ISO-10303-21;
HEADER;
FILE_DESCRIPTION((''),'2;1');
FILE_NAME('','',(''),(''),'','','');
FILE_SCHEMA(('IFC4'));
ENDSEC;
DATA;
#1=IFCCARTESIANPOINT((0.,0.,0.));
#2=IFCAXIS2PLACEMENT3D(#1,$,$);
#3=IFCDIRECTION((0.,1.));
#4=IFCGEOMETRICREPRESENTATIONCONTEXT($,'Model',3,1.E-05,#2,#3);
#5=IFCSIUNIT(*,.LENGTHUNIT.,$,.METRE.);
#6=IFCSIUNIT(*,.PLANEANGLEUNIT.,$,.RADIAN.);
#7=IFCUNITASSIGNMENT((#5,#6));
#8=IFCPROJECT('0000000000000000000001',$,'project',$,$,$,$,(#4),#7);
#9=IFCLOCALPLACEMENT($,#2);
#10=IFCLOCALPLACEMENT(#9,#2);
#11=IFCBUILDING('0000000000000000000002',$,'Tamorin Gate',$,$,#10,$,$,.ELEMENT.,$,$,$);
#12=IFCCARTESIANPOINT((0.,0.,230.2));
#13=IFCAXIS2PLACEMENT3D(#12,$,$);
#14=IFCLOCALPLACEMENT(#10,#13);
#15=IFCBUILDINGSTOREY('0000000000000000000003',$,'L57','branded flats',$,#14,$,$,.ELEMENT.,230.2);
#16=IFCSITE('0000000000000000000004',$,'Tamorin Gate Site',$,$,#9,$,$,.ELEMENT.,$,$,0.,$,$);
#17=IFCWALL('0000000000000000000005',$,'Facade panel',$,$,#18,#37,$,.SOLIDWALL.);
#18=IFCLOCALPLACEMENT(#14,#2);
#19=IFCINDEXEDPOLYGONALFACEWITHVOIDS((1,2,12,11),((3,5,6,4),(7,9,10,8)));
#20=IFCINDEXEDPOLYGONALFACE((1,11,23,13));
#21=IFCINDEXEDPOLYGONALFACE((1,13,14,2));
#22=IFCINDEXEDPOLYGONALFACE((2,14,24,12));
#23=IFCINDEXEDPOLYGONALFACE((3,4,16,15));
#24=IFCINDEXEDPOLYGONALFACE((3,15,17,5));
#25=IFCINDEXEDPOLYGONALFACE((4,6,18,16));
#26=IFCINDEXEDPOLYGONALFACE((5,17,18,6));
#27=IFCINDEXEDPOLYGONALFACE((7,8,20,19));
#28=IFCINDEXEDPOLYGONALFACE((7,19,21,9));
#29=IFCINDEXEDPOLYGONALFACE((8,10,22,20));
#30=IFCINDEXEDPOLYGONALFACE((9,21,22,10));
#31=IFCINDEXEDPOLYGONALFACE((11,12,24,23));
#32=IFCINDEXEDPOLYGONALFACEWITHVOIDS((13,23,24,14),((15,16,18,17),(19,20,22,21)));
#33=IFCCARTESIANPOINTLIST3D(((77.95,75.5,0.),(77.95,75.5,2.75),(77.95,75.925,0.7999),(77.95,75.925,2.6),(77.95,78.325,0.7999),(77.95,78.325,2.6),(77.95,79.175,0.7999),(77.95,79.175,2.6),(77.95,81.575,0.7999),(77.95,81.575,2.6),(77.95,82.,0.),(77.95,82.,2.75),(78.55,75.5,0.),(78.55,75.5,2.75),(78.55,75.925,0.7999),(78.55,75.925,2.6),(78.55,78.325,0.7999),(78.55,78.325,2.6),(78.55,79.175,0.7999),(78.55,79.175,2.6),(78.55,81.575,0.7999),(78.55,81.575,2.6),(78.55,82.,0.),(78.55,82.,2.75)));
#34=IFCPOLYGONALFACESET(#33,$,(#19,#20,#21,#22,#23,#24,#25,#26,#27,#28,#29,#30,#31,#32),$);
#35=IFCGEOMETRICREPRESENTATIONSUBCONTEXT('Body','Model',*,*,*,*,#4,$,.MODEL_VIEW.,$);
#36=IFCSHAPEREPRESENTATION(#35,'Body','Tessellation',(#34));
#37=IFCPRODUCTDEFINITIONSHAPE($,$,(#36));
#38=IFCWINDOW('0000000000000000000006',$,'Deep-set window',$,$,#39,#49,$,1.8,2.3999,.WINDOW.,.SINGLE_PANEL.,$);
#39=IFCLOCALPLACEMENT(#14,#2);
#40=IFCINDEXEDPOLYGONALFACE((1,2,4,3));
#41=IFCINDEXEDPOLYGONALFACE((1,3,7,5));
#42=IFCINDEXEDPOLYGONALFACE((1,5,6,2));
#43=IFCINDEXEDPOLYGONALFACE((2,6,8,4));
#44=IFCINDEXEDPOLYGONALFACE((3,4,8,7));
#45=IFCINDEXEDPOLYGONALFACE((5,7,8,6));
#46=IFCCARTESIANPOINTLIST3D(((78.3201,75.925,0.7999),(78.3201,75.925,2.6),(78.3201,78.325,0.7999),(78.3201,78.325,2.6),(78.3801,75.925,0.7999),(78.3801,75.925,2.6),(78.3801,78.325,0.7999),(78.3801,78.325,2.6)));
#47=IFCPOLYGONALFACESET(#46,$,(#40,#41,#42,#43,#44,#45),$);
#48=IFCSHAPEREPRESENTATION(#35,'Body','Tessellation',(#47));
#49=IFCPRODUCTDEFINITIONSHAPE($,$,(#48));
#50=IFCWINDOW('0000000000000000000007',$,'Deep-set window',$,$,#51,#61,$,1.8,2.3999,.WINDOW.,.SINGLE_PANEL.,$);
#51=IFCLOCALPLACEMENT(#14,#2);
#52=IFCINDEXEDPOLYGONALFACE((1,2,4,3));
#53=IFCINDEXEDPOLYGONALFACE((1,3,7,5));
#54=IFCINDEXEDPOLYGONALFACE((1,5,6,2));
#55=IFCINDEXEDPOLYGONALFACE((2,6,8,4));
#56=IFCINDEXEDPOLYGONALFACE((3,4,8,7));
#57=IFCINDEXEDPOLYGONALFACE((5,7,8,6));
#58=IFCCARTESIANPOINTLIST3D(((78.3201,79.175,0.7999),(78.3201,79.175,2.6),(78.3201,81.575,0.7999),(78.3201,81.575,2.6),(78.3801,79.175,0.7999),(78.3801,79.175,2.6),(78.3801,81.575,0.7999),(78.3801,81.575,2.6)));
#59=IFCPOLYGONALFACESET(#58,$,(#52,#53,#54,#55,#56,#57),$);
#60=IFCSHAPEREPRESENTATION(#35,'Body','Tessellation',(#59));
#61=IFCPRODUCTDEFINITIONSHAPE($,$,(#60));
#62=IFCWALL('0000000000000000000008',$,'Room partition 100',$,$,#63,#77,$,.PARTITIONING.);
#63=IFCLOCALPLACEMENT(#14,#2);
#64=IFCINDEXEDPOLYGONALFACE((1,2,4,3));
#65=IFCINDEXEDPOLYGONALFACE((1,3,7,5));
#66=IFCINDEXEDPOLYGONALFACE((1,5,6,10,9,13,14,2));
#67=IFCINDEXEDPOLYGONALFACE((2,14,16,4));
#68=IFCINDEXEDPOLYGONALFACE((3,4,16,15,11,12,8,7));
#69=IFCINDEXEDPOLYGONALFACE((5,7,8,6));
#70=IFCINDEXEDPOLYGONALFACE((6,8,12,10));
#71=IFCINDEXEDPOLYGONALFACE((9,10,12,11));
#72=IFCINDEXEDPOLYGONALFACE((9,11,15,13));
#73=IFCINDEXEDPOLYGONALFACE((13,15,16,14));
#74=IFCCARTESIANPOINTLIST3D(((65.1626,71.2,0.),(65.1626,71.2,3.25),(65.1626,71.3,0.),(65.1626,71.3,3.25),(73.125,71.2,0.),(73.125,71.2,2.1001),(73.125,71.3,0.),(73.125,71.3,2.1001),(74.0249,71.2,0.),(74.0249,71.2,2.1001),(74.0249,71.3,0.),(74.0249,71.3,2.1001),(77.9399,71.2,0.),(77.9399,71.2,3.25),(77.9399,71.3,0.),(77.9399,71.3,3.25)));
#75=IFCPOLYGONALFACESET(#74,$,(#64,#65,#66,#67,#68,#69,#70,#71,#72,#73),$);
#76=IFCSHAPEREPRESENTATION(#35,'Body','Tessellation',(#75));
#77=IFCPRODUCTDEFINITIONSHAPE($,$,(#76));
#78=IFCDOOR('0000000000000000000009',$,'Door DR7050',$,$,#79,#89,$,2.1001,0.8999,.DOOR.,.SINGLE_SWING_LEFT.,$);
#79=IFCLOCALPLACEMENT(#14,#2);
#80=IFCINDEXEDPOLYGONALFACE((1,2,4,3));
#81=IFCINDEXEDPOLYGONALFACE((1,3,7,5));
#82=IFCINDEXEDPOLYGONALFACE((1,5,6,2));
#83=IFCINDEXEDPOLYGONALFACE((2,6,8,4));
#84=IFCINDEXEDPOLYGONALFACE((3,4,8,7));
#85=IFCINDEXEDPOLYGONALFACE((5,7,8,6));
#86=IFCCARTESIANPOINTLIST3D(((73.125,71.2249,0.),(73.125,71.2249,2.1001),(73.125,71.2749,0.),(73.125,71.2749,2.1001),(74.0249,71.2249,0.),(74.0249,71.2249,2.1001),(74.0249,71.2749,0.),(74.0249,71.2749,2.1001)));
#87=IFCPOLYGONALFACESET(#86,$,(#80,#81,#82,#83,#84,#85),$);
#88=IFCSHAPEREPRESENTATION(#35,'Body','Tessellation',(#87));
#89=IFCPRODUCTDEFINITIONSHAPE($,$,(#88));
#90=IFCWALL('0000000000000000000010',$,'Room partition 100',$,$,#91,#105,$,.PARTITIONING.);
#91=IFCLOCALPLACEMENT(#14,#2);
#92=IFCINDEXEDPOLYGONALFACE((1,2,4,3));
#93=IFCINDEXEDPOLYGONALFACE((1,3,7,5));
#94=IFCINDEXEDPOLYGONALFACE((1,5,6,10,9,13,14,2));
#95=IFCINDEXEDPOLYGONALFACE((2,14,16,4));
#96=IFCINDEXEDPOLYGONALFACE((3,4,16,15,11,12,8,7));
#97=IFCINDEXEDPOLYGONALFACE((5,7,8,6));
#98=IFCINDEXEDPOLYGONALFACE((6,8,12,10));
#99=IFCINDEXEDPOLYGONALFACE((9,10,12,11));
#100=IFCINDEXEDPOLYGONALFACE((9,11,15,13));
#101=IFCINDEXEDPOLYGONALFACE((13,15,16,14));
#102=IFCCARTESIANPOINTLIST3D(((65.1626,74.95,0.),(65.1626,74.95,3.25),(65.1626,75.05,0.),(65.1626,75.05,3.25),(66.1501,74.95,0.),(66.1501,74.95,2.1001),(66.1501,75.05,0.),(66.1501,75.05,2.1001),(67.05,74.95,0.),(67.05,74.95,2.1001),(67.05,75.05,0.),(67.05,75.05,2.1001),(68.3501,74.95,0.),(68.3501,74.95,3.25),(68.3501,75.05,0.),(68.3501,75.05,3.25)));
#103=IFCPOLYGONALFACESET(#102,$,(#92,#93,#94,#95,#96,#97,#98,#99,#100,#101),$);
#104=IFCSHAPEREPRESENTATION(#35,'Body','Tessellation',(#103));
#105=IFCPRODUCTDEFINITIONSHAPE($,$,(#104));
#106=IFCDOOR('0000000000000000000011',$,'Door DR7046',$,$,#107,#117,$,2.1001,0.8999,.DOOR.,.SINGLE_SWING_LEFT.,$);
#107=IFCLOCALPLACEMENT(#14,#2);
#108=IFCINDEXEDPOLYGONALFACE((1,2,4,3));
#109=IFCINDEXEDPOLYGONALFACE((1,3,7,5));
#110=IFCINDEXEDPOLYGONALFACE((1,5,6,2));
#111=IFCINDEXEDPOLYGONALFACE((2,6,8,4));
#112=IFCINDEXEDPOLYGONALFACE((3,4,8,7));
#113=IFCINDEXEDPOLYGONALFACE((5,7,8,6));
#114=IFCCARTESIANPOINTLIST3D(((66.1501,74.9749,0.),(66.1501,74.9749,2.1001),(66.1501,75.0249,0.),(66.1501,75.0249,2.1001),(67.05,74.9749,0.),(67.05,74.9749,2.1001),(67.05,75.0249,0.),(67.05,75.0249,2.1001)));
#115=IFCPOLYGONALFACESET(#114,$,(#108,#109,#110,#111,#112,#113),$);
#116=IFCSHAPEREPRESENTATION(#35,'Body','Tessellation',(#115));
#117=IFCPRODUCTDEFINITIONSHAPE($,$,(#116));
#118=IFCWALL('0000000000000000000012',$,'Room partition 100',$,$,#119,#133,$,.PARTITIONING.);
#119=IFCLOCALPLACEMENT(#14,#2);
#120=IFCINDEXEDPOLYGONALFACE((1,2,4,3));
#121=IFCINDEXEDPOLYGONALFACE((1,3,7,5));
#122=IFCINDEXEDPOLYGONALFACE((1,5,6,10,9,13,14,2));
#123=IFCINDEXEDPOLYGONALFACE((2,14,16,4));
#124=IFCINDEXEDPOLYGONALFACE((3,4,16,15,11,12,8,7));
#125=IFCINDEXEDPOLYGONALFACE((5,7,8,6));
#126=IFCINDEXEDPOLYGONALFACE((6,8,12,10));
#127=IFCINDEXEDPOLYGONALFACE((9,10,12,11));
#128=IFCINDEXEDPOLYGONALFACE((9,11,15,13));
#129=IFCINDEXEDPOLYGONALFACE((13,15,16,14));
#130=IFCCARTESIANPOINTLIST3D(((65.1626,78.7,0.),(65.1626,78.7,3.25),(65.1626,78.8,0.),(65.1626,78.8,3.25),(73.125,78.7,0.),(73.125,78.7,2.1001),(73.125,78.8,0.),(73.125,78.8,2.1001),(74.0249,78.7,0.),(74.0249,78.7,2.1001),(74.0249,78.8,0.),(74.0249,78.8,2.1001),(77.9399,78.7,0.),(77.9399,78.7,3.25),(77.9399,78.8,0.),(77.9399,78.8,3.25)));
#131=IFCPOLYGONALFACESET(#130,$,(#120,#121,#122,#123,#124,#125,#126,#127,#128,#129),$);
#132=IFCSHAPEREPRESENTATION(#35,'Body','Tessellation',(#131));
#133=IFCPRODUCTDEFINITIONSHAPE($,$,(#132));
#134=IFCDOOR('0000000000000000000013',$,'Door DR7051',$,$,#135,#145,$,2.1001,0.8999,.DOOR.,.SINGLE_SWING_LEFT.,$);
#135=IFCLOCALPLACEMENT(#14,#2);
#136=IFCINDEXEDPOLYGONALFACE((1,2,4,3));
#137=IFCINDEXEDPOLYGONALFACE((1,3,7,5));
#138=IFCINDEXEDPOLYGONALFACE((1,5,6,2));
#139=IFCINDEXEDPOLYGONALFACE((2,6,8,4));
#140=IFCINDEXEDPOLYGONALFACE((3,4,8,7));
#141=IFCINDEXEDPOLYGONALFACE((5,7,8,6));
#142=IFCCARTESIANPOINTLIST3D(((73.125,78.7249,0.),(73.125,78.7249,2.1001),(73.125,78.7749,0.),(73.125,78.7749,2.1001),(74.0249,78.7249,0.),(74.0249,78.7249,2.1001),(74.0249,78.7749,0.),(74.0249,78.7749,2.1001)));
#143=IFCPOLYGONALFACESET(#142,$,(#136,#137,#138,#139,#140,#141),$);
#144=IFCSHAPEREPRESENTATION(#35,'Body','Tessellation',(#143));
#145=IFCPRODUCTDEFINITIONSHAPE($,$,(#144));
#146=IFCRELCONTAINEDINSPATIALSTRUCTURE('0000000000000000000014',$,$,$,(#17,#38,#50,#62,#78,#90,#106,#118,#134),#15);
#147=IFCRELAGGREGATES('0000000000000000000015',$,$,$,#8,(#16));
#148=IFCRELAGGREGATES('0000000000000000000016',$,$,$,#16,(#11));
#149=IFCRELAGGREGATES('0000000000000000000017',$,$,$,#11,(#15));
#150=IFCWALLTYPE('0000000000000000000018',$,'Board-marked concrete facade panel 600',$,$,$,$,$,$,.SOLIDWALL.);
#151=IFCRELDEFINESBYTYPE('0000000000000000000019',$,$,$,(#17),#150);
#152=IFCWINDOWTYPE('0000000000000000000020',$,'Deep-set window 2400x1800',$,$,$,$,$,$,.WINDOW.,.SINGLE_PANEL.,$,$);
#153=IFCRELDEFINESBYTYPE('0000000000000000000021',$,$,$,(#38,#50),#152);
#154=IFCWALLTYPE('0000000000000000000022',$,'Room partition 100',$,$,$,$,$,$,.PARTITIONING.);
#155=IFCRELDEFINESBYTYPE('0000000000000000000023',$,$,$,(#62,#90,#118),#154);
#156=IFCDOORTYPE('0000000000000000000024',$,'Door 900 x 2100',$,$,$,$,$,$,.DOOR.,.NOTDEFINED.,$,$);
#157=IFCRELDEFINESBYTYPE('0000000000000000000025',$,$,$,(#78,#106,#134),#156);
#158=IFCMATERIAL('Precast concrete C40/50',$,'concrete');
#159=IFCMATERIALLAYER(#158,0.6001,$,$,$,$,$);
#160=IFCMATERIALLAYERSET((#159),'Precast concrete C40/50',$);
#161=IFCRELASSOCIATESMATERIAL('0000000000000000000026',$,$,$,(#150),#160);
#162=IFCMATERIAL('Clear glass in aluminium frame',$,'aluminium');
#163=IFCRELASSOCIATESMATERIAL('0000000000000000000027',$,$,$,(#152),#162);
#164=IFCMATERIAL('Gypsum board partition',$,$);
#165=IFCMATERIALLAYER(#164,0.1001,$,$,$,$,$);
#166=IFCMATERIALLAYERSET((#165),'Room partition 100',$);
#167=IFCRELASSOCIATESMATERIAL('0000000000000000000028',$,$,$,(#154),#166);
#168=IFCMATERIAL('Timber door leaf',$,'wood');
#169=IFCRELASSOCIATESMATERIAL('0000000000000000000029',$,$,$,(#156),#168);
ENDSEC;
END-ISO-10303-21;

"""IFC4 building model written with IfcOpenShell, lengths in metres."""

from ifc_helpers import new_model, si_unit, direction, frame, frame_2d, origin, place, context, subcontext, project, spatial, rectangle, extrude, material, layer, layer_set, type_object, element, fill, save


model = new_model("IFC4")

# Units and contexts
model_context = context("Model", 3, precision=1e-05, world=origin(), true_north=direction((0.0, 1.0)))
body_context = subcontext(model_context, "Body", "Model", "MODEL_VIEW")
ifc_project = project(units=[si_unit("LENGTHUNIT", "METRE"), si_unit("PLANEANGLEUNIT", "RADIAN")], contexts=[model_context])

# Site, building, storey
site_placement = place(None, origin())
site = spatial("IfcSite", under=ifc_project, at=site_placement, Name="Tamorin Gate Site", CompositionType="ELEMENT", RefElevation=0.0)
building_placement = place(site_placement, origin())
building = spatial("IfcBuilding", under=site, at=building_placement, Name="Tamorin Gate", CompositionType="ELEMENT")
storey_placement = place(building_placement, frame((0.0, 0.0, 230.2)))
storey = spatial("IfcBuildingStorey", under=building, at=storey_placement, Name="L57", Description="branded flats", CompositionType="ELEMENT", Elevation=230.2)

# Wall, openings, windows
ifc_material_1 = material(Name="Precast concrete C40/50", Category="concrete")
ifc_layer_1 = layer(ifc_material_1, 0.6001)
ifc_layer_set_1 = layer_set([ifc_layer_1], Name="Precast concrete C40/50")
wall_type_1 = type_object("IfcWallType", Name="Board-marked concrete facade panel 600", PredefinedType="SOLIDWALL", material=ifc_layer_set_1)
ifc_material_2 = material(Name="Clear glass in aluminium frame", Category="aluminium")
window_type = type_object("IfcWindowType", Name="Deep-set window 2400x1800", PartitioningType="SINGLE_PANEL", PredefinedType="WINDOW", material=ifc_material_2)
wall_1_placement = place(storey_placement, frame((78.25, 75.5, 0.0), z_axis=(0.0, 0.0, 1.0), x_axis=(0.0, 1.0, 0.0)))
wall_1 = element("IfcWall", 1, at=wall_1_placement, inside=storey, type_object=wall_type_1, Name="Facade panel", PredefinedType="SOLIDWALL", context=body_context, shape_type="SweptSolid", body=[
    extrude(rectangle(XDim=6.5, YDim=0.6001, at=frame_2d((3.25, 0.0))), origin(), (0.0, 0.0, 1.0), 2.75),
])
opening_1_placement = place(wall_1_placement, frame((0.425, 0.0, 0.8)))
opening_1 = element("IfcOpeningElement", 2, at=opening_1_placement, cuts=wall_1, PredefinedType="OPENING", context=body_context, shape_type="SweptSolid", body=[
    extrude(rectangle(XDim=2.3999, YDim=1.8, at=frame_2d((1.2, 0.8999))), frame((0.0, 0.3101, 0.0), z_axis=(0.0, -1.0, 0.0), x_axis=(1.0, 0.0, 0.0)), (0.0, 0.0, 1.0), 0.6201),
])
opening_2_placement = place(wall_1_placement, frame((3.675, 0.0, 0.8)))
opening_2 = element("IfcOpeningElement", 3, at=opening_2_placement, cuts=wall_1, PredefinedType="OPENING", context=body_context, shape_type="SweptSolid", body=[
    extrude(rectangle(XDim=2.3999, YDim=1.8, at=frame_2d((1.2, 0.8999))), frame((0.0, 0.3101, 0.0), z_axis=(0.0, -1.0, 0.0), x_axis=(1.0, 0.0, 0.0)), (0.0, 0.0, 1.0), 0.6201),
])
window_1_placement = place(opening_1_placement, origin())
window_1 = element("IfcWindow", 4, at=window_1_placement, inside=storey, type_object=window_type, Name="Deep-set window", OverallHeight=1.8, OverallWidth=2.3999, PartitioningType="SINGLE_PANEL", PredefinedType="WINDOW", context=body_context, shape_type="SweptSolid", body=[
    extrude(rectangle(XDim=2.3999, YDim=1.8, at=frame_2d((1.2, 0.8999))), frame((0.0, -0.0701, 0.0), z_axis=(0.0, -1.0, 0.0), x_axis=(1.0, 0.0, 0.0)), (0.0, 0.0, 1.0), 0.0601),
])
fill(opening_1, window_1)
window_2_placement = place(opening_2_placement, origin())
window_2 = element("IfcWindow", 5, at=window_2_placement, inside=storey, type_object=window_type, Name="Deep-set window", OverallHeight=1.8, OverallWidth=2.3999, PartitioningType="SINGLE_PANEL", PredefinedType="WINDOW", context=body_context, shape_type="SweptSolid", body=[
    extrude(rectangle(XDim=2.3999, YDim=1.8, at=frame_2d((1.2, 0.8999))), frame((0.0, -0.0701, 0.0), z_axis=(0.0, -1.0, 0.0), x_axis=(1.0, 0.0, 0.0)), (0.0, 0.0, 1.0), 0.0601),
])
fill(opening_2, window_2)

# Walls, openings, doors
ifc_material_3 = material(Name="Gypsum board partition")
ifc_layer_2 = layer(ifc_material_3, 0.1001)
ifc_layer_set_2 = layer_set([ifc_layer_2], Name="Room partition 100")
wall_type_2 = type_object("IfcWallType", Name="Room partition 100", PredefinedType="PARTITIONING", material=ifc_layer_set_2)
wall_2_placement = place(storey_placement, frame((65.1626, 71.25, 0.0), z_axis=(0.0, 0.0, 1.0), x_axis=(1.0, 0.0, 0.0)))
wall_2 = element("IfcWall", 6, at=wall_2_placement, inside=storey, type_object=wall_type_2, Name="Room partition 100", PredefinedType="PARTITIONING", context=body_context, shape_type="SweptSolid", body=[
    extrude(rectangle(XDim=12.7773, YDim=0.1001, at=frame_2d((6.3887, 0.0))), origin(), (0.0, 0.0, 1.0), 3.25),
])
opening_3_placement = place(wall_2_placement, frame((7.9624, 0.0, 0.0)))
opening_3 = element("IfcOpeningElement", 7, at=opening_3_placement, cuts=wall_2, PredefinedType="OPENING", context=body_context, shape_type="SweptSolid", body=[
    extrude(rectangle(XDim=0.8999, YDim=2.1001, at=frame_2d((0.45, 1.05))), frame((0.0, 0.0601, 0.0), z_axis=(0.0, -1.0, 0.0), x_axis=(1.0, 0.0, 0.0)), (0.0, 0.0, 1.0), 0.1201),
])
ifc_material_4 = material(Name="Timber door leaf", Category="wood")
door_type = type_object("IfcDoorType", Name="Door 900 x 2100", OperationType="NOTDEFINED", PredefinedType="DOOR", material=ifc_material_4)
door_1_placement = place(opening_3_placement, origin())
door_1 = element("IfcDoor", 8, at=door_1_placement, inside=storey, type_object=door_type, Name="Door DR7050", OperationType="SINGLE_SWING_LEFT", OverallHeight=2.1001, OverallWidth=0.8999, PredefinedType="DOOR", context=body_context, shape_type="SweptSolid", body=[
    extrude(rectangle(XDim=0.8999, YDim=2.1001, at=frame_2d((0.45, 1.05))), frame((0.0, 0.0249, 0.0), z_axis=(0.0, -1.0, 0.0), x_axis=(1.0, 0.0, 0.0)), (0.0, 0.0, 1.0), 0.05),
])
fill(opening_3, door_1)
wall_3_placement = place(storey_placement, frame((65.1626, 75.0, 0.0), z_axis=(0.0, 0.0, 1.0), x_axis=(1.0, 0.0, 0.0)))
wall_3 = element("IfcWall", 9, at=wall_3_placement, inside=storey, type_object=wall_type_2, Name="Room partition 100", PredefinedType="PARTITIONING", context=body_context, shape_type="SweptSolid", body=[
    extrude(rectangle(XDim=3.1875, YDim=0.1001, at=frame_2d((1.5938, 0.0))), origin(), (0.0, 0.0, 1.0), 3.25),
])
opening_4_placement = place(wall_3_placement, frame((0.9875, 0.0, 0.0)))
opening_4 = element("IfcOpeningElement", 10, at=opening_4_placement, cuts=wall_3, PredefinedType="OPENING", context=body_context, shape_type="SweptSolid", body=[
    extrude(rectangle(XDim=0.8999, YDim=2.1001, at=frame_2d((0.45, 1.05))), frame((0.0, 0.0601, 0.0), z_axis=(0.0, -1.0, 0.0), x_axis=(1.0, 0.0, 0.0)), (0.0, 0.0, 1.0), 0.1201),
])
door_2_placement = place(opening_4_placement, origin())
door_2 = element("IfcDoor", 11, at=door_2_placement, inside=storey, type_object=door_type, Name="Door DR7046", OperationType="SINGLE_SWING_LEFT", OverallHeight=2.1001, OverallWidth=0.8999, PredefinedType="DOOR", context=body_context, shape_type="SweptSolid", body=[
    extrude(rectangle(XDim=0.8999, YDim=2.1001, at=frame_2d((0.45, 1.05))), frame((0.0, 0.0249, 0.0), z_axis=(0.0, -1.0, 0.0), x_axis=(1.0, 0.0, 0.0)), (0.0, 0.0, 1.0), 0.05),
])
fill(opening_4, door_2)
wall_4_placement = place(storey_placement, frame((65.1626, 78.75, 0.0), z_axis=(0.0, 0.0, 1.0), x_axis=(1.0, 0.0, 0.0)))
wall_4 = element("IfcWall", 12, at=wall_4_placement, inside=storey, type_object=wall_type_2, Name="Room partition 100", PredefinedType="PARTITIONING", context=body_context, shape_type="SweptSolid", body=[
    extrude(rectangle(XDim=12.7773, YDim=0.1001, at=frame_2d((6.3887, 0.0))), origin(), (0.0, 0.0, 1.0), 3.25),
])
opening_5_placement = place(wall_4_placement, frame((7.9624, 0.0, 0.0)))
opening_5 = element("IfcOpeningElement", 13, at=opening_5_placement, cuts=wall_4, PredefinedType="OPENING", context=body_context, shape_type="SweptSolid", body=[
    extrude(rectangle(XDim=0.8999, YDim=2.1001, at=frame_2d((0.45, 1.05))), frame((0.0, 0.0601, 0.0), z_axis=(0.0, -1.0, 0.0), x_axis=(1.0, 0.0, 0.0)), (0.0, 0.0, 1.0), 0.1201),
])
door_3_placement = place(opening_5_placement, origin())
door_3 = element("IfcDoor", 14, at=door_3_placement, inside=storey, type_object=door_type, Name="Door DR7051", OperationType="SINGLE_SWING_LEFT", OverallHeight=2.1001, OverallWidth=0.8999, PredefinedType="DOOR", context=body_context, shape_type="SweptSolid", body=[
    extrude(rectangle(XDim=0.8999, YDim=2.1001, at=frame_2d((0.45, 1.05))), frame((0.0, 0.0249, 0.0), z_axis=(0.0, -1.0, 0.0), x_axis=(1.0, 0.0, 0.0)), (0.0, 0.0, 1.0), 0.05),
])
fill(opening_5, door_3)

save(model, "model.ifc")
